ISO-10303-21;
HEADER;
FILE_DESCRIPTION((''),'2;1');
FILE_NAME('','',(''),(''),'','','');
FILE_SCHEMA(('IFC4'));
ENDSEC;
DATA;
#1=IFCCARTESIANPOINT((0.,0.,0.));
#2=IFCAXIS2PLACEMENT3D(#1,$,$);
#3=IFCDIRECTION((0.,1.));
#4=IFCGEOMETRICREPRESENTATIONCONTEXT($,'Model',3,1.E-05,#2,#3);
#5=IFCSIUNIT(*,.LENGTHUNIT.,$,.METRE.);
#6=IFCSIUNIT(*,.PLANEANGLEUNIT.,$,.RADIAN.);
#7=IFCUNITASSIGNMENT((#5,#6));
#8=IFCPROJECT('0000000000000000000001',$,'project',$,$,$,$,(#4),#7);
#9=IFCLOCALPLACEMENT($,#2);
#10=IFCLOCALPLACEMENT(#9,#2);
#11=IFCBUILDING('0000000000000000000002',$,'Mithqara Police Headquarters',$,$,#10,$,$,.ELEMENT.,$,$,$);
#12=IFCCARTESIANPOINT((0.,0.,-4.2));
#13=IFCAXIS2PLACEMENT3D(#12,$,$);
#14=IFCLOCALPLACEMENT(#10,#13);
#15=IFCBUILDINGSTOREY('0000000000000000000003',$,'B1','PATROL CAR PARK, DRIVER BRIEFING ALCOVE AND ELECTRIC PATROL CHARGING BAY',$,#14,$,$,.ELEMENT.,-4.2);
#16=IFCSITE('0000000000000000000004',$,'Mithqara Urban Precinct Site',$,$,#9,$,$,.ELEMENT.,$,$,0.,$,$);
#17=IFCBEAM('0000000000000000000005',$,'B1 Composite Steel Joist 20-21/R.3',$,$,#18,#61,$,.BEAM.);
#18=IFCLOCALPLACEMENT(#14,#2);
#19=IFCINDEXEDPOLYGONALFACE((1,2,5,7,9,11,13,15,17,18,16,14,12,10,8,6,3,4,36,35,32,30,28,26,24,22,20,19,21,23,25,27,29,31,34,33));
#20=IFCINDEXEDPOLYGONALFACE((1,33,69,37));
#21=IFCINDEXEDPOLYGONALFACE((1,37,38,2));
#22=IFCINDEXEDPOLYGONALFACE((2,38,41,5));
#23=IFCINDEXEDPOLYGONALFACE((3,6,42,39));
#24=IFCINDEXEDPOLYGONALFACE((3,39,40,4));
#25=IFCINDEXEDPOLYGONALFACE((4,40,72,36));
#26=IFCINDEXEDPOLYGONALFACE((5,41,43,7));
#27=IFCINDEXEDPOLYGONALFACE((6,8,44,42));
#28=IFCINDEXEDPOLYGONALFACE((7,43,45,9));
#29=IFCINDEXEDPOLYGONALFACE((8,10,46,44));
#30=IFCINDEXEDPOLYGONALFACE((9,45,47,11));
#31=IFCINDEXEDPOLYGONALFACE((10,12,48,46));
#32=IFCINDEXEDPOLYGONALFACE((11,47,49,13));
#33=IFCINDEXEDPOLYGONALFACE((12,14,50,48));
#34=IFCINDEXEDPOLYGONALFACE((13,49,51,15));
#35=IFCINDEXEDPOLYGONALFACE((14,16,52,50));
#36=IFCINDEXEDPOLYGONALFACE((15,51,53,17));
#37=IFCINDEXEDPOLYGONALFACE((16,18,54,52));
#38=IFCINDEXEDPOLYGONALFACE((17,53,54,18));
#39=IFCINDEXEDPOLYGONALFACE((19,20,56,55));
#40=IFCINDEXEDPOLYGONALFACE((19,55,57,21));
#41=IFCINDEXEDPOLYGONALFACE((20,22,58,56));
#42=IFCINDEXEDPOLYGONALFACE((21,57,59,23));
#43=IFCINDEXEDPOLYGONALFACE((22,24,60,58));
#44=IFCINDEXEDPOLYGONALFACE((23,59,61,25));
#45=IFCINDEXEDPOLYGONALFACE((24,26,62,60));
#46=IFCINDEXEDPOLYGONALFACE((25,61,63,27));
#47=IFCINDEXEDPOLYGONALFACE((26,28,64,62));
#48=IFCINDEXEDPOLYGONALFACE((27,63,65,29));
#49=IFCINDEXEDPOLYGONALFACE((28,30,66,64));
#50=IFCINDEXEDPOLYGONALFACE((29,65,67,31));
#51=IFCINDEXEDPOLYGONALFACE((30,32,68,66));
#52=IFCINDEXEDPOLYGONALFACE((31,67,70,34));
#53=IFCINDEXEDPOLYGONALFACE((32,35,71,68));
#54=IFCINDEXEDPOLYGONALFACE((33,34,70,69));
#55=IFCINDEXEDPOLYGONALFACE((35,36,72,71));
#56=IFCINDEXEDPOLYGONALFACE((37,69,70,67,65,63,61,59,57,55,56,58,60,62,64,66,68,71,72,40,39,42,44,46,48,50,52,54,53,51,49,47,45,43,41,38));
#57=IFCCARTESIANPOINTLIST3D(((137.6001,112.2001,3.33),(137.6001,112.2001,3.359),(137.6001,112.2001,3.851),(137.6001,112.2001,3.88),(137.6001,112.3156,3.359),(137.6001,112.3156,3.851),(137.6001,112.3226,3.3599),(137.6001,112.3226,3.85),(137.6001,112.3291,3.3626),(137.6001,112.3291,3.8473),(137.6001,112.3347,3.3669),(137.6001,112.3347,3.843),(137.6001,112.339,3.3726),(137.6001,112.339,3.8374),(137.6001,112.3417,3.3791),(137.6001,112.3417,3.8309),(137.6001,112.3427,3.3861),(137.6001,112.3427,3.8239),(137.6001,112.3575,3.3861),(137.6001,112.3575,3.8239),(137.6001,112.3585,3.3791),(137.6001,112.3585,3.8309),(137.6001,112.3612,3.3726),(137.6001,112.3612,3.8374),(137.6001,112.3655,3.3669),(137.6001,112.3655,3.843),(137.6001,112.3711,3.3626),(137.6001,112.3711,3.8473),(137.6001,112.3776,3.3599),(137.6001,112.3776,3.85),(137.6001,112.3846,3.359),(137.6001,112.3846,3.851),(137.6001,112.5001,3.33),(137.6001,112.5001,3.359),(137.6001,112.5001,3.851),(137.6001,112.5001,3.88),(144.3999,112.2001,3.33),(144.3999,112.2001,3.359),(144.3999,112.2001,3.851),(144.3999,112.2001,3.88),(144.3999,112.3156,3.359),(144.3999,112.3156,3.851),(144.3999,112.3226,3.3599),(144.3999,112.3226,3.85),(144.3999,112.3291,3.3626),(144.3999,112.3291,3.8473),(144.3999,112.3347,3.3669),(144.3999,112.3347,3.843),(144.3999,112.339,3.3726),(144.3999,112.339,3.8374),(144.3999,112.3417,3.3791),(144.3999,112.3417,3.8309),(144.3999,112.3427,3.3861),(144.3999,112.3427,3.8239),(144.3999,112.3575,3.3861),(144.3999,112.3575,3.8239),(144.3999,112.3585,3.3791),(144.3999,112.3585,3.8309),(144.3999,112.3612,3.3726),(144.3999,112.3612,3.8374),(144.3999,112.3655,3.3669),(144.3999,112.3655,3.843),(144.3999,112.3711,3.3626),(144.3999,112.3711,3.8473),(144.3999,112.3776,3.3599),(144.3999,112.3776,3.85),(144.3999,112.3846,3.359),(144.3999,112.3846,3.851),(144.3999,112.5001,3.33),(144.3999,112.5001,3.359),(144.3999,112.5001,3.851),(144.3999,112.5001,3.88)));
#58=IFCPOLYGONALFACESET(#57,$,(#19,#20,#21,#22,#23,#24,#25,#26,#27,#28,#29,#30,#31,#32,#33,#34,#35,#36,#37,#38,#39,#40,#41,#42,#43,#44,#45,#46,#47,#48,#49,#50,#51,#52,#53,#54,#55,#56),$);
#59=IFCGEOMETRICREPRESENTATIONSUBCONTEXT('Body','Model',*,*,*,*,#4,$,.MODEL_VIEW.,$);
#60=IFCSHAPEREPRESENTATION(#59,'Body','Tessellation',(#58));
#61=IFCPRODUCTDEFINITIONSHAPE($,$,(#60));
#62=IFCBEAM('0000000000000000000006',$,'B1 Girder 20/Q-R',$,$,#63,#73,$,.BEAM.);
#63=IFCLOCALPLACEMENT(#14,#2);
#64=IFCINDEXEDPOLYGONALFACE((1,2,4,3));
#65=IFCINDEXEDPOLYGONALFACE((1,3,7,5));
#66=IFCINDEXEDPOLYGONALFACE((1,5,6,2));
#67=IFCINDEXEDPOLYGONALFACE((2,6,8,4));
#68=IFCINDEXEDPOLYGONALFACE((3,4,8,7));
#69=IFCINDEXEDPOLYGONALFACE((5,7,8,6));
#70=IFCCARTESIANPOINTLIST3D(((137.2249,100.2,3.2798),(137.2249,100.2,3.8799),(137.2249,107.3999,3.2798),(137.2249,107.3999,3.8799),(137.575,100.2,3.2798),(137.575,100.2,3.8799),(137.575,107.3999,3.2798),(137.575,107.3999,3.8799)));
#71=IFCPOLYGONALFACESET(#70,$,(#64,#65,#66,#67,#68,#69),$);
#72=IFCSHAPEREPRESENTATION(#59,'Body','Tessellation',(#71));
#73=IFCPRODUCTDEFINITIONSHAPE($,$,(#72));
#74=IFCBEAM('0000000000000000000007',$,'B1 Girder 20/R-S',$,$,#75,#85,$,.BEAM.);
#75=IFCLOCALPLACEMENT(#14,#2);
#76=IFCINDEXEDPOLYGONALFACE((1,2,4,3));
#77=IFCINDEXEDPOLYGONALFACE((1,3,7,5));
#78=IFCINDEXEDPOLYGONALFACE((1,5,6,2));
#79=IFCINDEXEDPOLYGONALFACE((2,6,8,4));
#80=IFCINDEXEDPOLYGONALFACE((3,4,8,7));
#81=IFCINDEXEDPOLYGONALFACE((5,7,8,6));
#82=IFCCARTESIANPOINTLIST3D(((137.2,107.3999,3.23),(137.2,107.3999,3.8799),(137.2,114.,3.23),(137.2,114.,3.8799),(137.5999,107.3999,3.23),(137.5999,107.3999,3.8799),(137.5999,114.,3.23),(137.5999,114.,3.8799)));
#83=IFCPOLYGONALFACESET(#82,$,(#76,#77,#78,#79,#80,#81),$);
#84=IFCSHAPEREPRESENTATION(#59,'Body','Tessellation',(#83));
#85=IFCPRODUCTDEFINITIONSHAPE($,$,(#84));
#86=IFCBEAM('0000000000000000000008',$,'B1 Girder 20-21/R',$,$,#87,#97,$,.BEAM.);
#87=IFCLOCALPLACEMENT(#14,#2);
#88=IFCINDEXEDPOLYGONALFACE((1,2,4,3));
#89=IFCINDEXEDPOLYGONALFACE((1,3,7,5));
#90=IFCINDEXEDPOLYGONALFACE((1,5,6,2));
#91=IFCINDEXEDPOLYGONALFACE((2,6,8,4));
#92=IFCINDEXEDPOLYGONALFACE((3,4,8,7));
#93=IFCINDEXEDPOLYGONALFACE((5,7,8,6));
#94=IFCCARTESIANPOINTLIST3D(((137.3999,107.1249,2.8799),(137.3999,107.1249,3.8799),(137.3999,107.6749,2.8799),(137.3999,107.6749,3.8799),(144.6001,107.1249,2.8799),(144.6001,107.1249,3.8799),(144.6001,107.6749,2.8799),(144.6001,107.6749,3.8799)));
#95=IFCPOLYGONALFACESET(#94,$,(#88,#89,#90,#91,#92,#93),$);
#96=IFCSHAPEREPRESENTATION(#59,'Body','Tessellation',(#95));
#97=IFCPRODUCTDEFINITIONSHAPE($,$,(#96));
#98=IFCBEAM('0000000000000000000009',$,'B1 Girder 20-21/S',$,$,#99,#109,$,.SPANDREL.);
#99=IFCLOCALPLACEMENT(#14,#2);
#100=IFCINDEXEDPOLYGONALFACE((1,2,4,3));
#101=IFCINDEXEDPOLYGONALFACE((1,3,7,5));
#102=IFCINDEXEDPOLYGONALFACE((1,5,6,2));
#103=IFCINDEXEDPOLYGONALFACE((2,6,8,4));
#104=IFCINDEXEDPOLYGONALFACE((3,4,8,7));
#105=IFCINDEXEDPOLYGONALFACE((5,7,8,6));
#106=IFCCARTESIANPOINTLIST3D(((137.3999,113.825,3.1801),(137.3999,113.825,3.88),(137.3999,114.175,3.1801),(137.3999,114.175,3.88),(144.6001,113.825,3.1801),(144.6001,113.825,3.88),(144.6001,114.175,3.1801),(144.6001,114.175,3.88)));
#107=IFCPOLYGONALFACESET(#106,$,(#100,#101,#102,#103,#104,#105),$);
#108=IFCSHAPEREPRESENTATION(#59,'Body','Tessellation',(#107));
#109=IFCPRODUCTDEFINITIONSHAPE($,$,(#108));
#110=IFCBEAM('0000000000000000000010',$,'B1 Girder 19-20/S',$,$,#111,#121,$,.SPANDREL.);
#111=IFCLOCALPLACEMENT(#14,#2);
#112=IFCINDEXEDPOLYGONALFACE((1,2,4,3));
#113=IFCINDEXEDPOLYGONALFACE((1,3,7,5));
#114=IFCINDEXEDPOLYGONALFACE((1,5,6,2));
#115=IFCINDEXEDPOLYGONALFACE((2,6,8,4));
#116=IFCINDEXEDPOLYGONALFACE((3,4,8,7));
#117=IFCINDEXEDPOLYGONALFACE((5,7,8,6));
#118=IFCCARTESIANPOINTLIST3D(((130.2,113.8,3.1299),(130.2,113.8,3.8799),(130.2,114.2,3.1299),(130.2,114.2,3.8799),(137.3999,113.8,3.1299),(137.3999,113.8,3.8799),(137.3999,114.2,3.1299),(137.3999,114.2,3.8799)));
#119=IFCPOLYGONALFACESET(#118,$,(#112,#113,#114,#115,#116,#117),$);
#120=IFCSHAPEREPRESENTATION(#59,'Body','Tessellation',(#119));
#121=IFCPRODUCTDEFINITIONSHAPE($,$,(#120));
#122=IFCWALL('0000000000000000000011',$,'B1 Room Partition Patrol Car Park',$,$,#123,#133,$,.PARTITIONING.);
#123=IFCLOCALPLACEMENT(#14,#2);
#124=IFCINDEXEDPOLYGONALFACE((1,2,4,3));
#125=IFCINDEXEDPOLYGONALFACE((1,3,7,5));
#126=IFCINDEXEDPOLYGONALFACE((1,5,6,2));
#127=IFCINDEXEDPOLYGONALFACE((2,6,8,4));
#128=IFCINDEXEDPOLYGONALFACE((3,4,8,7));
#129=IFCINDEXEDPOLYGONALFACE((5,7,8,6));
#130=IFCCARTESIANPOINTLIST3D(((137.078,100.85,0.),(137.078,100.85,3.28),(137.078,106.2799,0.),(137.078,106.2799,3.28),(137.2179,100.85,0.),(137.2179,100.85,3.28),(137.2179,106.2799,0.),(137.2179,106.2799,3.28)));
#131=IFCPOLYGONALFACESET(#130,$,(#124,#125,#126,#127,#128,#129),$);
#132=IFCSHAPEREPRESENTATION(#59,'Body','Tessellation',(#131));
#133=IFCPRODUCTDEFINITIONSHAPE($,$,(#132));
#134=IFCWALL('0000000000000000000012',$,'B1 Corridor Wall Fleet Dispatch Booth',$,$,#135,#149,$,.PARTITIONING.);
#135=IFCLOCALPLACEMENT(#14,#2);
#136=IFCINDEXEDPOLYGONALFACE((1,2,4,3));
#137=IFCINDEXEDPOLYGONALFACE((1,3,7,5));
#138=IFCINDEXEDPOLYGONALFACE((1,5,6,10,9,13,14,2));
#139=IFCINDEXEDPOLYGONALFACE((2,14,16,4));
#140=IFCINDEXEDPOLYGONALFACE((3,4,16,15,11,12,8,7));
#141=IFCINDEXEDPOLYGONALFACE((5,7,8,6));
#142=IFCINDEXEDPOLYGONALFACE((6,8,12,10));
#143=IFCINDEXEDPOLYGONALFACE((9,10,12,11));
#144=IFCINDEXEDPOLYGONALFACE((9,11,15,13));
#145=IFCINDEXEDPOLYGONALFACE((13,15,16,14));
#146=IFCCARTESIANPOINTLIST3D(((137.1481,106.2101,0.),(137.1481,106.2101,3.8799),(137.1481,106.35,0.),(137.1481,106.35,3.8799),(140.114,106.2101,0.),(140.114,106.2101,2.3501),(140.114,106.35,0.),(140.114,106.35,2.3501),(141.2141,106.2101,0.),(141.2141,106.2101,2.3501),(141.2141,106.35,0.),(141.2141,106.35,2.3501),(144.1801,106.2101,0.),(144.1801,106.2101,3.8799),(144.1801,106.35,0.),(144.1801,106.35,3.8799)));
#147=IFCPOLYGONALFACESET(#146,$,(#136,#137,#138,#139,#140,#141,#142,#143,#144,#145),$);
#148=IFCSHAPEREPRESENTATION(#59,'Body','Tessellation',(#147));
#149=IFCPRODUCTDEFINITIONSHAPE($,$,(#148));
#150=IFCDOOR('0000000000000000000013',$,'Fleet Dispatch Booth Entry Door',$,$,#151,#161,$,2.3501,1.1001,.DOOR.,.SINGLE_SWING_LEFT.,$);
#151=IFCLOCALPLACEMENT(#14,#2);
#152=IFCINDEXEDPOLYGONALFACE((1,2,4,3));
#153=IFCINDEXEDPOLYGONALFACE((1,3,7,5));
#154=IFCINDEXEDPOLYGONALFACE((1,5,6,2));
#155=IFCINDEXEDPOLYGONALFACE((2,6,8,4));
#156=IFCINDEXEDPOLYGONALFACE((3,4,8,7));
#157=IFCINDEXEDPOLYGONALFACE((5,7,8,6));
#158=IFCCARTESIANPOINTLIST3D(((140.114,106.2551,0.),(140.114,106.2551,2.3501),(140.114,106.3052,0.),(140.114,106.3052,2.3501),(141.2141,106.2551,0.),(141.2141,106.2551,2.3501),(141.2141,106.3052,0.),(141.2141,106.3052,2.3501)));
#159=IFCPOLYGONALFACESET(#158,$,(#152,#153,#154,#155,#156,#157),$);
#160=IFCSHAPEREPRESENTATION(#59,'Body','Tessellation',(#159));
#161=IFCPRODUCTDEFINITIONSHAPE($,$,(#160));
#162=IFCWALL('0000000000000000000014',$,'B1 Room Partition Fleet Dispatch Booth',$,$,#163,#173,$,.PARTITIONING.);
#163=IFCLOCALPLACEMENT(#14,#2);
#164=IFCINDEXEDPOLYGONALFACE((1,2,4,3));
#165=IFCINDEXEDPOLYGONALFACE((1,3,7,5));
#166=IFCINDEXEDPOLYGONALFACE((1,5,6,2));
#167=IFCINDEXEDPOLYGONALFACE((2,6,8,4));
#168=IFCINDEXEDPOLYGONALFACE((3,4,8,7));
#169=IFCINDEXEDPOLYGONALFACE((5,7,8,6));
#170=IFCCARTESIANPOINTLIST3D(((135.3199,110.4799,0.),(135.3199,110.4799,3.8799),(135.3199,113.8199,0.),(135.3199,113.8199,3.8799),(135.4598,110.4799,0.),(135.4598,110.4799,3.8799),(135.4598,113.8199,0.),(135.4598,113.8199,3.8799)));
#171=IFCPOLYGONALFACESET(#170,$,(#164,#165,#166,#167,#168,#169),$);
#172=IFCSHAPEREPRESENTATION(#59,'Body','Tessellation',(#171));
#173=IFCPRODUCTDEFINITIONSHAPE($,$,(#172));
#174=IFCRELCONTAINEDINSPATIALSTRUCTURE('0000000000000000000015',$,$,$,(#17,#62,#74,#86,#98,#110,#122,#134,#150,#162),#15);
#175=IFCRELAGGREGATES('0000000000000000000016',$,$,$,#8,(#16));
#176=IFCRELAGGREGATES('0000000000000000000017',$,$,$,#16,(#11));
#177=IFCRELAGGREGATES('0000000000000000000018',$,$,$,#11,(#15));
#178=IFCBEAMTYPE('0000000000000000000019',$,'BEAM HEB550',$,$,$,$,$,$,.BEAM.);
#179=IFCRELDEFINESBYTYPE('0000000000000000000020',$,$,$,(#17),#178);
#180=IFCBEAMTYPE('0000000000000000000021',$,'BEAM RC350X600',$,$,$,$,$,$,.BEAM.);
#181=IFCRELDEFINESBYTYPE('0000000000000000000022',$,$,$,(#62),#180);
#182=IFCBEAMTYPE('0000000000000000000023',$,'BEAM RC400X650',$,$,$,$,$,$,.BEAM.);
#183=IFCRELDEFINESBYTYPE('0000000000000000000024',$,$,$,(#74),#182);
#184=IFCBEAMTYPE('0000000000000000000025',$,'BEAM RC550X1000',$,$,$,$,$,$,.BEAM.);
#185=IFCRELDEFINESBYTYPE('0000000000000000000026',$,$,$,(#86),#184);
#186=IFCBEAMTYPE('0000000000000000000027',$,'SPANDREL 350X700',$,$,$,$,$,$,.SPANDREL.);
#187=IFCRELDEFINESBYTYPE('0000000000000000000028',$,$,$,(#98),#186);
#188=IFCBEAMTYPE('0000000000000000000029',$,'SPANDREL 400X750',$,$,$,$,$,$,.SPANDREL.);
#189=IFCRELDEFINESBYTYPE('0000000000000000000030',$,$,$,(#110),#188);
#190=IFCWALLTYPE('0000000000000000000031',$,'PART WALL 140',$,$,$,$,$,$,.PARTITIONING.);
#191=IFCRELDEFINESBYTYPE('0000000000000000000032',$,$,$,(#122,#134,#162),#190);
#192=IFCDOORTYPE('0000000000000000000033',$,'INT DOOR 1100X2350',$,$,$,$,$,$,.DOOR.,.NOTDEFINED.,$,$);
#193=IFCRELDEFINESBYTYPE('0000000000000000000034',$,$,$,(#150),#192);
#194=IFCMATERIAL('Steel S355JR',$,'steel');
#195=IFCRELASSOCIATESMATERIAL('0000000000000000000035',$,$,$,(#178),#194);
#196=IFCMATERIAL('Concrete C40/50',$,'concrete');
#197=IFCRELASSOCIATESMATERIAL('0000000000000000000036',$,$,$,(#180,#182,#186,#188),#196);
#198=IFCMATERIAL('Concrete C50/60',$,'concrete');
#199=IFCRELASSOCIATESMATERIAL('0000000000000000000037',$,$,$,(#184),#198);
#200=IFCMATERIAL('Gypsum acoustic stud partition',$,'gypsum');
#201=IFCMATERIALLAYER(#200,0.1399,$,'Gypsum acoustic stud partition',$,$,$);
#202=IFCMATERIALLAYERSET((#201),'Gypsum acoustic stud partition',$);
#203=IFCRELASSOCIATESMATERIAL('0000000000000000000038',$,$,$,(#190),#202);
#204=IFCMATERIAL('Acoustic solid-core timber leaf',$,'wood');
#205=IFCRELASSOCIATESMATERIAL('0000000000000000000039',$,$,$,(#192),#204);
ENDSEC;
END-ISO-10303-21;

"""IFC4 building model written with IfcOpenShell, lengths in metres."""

from ifc_helpers import new_model, si_unit, direction, frame, frame_2d, origin, origin_2d, place, context, subcontext, project, spatial, rectangle, i_section, extrude, material, layer, layer_set, material_profile, profile_set, type_object, element, fill, save


model = new_model("IFC4")

# Units and contexts
model_context = context("Model", 3, precision=1e-05, world=origin(), true_north=direction((0.0, 1.0)))
body_context = subcontext(model_context, "Body", "Model", "MODEL_VIEW")
ifc_project = project(units=[si_unit("LENGTHUNIT", "METRE"), si_unit("PLANEANGLEUNIT", "RADIAN")], contexts=[model_context])

# Site, building, storey
site_placement = place(None, origin())
site = spatial("IfcSite", under=ifc_project, at=site_placement, Name="Mithqara Urban Precinct Site", CompositionType="ELEMENT", RefElevation=0.0)
building_placement = place(site_placement, origin())
building = spatial("IfcBuilding", under=site, at=building_placement, Name="Mithqara Police Headquarters", CompositionType="ELEMENT")
storey_placement = place(building_placement, frame((0.0, 0.0, -4.2)))
storey = spatial("IfcBuildingStorey", under=building, at=storey_placement, Name="B1", Description="PATROL CAR PARK, DRIVER BRIEFING ALCOVE AND ELECTRIC PATROL CHARGING BAY", CompositionType="ELEMENT", Elevation=-4.2)

# Shared definitions
ifc_material_1 = material(Name="Concrete C50/60", Category="concrete")

# Beams
ifc_material_2 = material(Name="Steel S355JR", Category="steel")
ifc_material_profile_1 = material_profile(ifc_material_2, i_section(OverallWidth=0.3, OverallDepth=0.55, WebThickness=0.0149, FlangeThickness=0.0291, FilletRadius=0.0271, at=origin_2d()), Name="HEB 550")
ifc_profile_set_1 = profile_set([ifc_material_profile_1], Name="Steel S355JR")
beam_type_1 = type_object("IfcBeamType", Name="BEAM HEB550", PredefinedType="BEAM", material=ifc_profile_set_1)
for number, where, z_axis, x_axis, name in (
    (1, (137.6001, 112.3501, 3.605), (1.0, 0.0, 0.0), (0.0, 1.0, 0.0), "B1 Composite Steel Joist 20-21/R.3"),
):
    element("IfcBeam", number, at=place(storey_placement, frame(where, z_axis=z_axis, x_axis=x_axis)), inside=storey, type_object=beam_type_1, Name=name, PredefinedType="BEAM", context=body_context, shape_type="SweptSolid", body=[
        extrude(i_section(OverallWidth=0.3, OverallDepth=0.55, WebThickness=0.0149, FlangeThickness=0.0291, FilletRadius=0.0271, at=origin_2d()), origin(), (0.0, 0.0, 1.0), 6.7998),
    ])
ifc_material_3 = material(Name="Concrete C40/50", Category="concrete")
ifc_material_profile_2 = material_profile(ifc_material_3, rectangle(XDim=0.3501, YDim=0.6001, at=origin_2d()), Name="RC 350x600")
ifc_profile_set_2 = profile_set([ifc_material_profile_2], Name="Concrete C40/50")
beam_type_2 = type_object("IfcBeamType", Name="BEAM RC350X600", PredefinedType="BEAM", material=ifc_profile_set_2)
beam_1_placement = place(storey_placement, frame((137.3999, 100.2, 3.5798), z_axis=(0.0, 1.0, 0.0), x_axis=(-1.0, 0.0, 0.0)))
element("IfcBeam", 2, at=beam_1_placement, inside=storey, type_object=beam_type_2, Name="B1 Girder 20/Q-R", PredefinedType="BEAM", context=body_context, shape_type="SweptSolid", body=[
    extrude(rectangle(XDim=0.3501, YDim=0.6001, at=origin_2d()), origin(), (0.0, 0.0, 1.0), 7.2),
])
ifc_material_profile_3 = material_profile(ifc_material_3, rectangle(XDim=0.3999, YDim=0.6499, at=origin_2d()), Name="RC 400x650")
ifc_profile_set_3 = profile_set([ifc_material_profile_3], Name="Concrete C40/50")
beam_type_3 = type_object("IfcBeamType", Name="BEAM RC400X650", PredefinedType="BEAM", material=ifc_profile_set_3)
beam_2_placement = place(storey_placement, frame((137.3999, 107.3999, 3.5549), z_axis=(0.0, 1.0, 0.0), x_axis=(-1.0, 0.0, 0.0)))
element("IfcBeam", 3, at=beam_2_placement, inside=storey, type_object=beam_type_3, Name="B1 Girder 20/R-S", PredefinedType="BEAM", context=body_context, shape_type="SweptSolid", body=[
    extrude(rectangle(XDim=0.3999, YDim=0.6499, at=origin_2d()), origin(), (0.0, 0.0, 1.0), 6.6001),
])
ifc_material_profile_4 = material_profile(ifc_material_1, rectangle(XDim=0.55, YDim=1.0, at=origin_2d()), Name="RC 550x1000")
ifc_profile_set_4 = profile_set([ifc_material_profile_4], Name="Concrete C50/60")
beam_type_4 = type_object("IfcBeamType", Name="BEAM RC550X1000", PredefinedType="BEAM", material=ifc_profile_set_4)
beam_3_placement = place(storey_placement, frame((137.3999, 107.3999, 3.3799), z_axis=(1.0, 0.0, 0.0), x_axis=(0.0, 1.0, 0.0)))
element("IfcBeam", 4, at=beam_3_placement, inside=storey, type_object=beam_type_4, Name="B1 Girder 20-21/R", PredefinedType="BEAM", context=body_context, shape_type="SweptSolid", body=[
    extrude(rectangle(XDim=0.55, YDim=1.0, at=origin_2d()), origin(), (0.0, 0.0, 1.0), 7.2002),
])
ifc_material_profile_5 = material_profile(ifc_material_3, rectangle(XDim=0.3501, YDim=0.7, at=origin_2d()), Name="SPB 350x700")
ifc_profile_set_5 = profile_set([ifc_material_profile_5], Name="Concrete C40/50")
beam_type_5 = type_object("IfcBeamType", Name="SPANDREL 350X700", PredefinedType="SPANDREL", material=ifc_profile_set_5)
beam_4_placement = place(storey_placement, frame((137.3999, 114.0, 3.53), z_axis=(1.0, 0.0, 0.0), x_axis=(0.0, 1.0, 0.0)))
element("IfcBeam", 5, at=beam_4_placement, inside=storey, type_object=beam_type_5, Name="B1 Girder 20-21/S", PredefinedType="SPANDREL", context=body_context, shape_type="SweptSolid", body=[
    extrude(rectangle(XDim=0.3501, YDim=0.7, at=origin_2d()), origin(), (0.0, 0.0, 1.0), 7.2002),
])
ifc_material_profile_6 = material_profile(ifc_material_3, rectangle(XDim=0.3999, YDim=0.75, at=origin_2d()), Name="SPB 400x750")
ifc_profile_set_6 = profile_set([ifc_material_profile_6], Name="Concrete C40/50")
beam_type_6 = type_object("IfcBeamType", Name="SPANDREL 400X750", PredefinedType="SPANDREL", material=ifc_profile_set_6)
beam_5_placement = place(storey_placement, frame((130.2, 114.0, 3.5049), z_axis=(1.0, 0.0, 0.0), x_axis=(0.0, 1.0, 0.0)))
element("IfcBeam", 6, at=beam_5_placement, inside=storey, type_object=beam_type_6, Name="B1 Girder 19-20/S", PredefinedType="SPANDREL", context=body_context, shape_type="SweptSolid", body=[
    extrude(rectangle(XDim=0.3999, YDim=0.75, at=origin_2d()), origin(), (0.0, 0.0, 1.0), 7.2),
])

# Wall
ifc_material_4 = material(Name="Gypsum acoustic stud partition", Category="gypsum")
ifc_layer = layer(ifc_material_4, 0.1399, Name="Gypsum acoustic stud partition")
ifc_layer_set = layer_set([ifc_layer], Name="Gypsum acoustic stud partition")
wall_type = type_object("IfcWallType", Name="PART WALL 140", PredefinedType="PARTITIONING", material=ifc_layer_set)
wall_1_placement = place(storey_placement, frame((137.1479, 100.8501, 0.0), z_axis=(0.0, 0.0, 1.0), x_axis=(0.0, 1.0, 0.0)))
element("IfcWall", 7, at=wall_1_placement, inside=storey, type_object=wall_type, Name="B1 Room Partition Patrol Car Park", PredefinedType="PARTITIONING", context=body_context, shape_type="SweptSolid", body=[
    extrude(rectangle(XDim=5.4299, YDim=0.1399, at=frame_2d((2.7148, 0.0))), origin(), (0.0, 0.0, 1.0), 3.28),
])

# Wall, opening, door
wall_2_placement = place(storey_placement, frame((137.1479, 106.28, 0.0), z_axis=(0.0, 0.0, 1.0), x_axis=(1.0, 0.0, 0.0)))
wall_2 = element("IfcWall", 8, at=wall_2_placement, inside=storey, type_object=wall_type, Name="B1 Corridor Wall Fleet Dispatch Booth", PredefinedType="PARTITIONING", context=body_context, shape_type="SweptSolid", body=[
    extrude(rectangle(XDim=7.032, YDim=0.1399, at=frame_2d((3.5161, 0.0))), origin(), (0.0, 0.0, 1.0), 3.8799),
])
opening_1_placement = place(wall_2_placement, frame((2.9661, 0.0, 0.0)))
opening_1 = element("IfcOpeningElement", 9, at=opening_1_placement, cuts=wall_2, PredefinedType="OPENING", context=body_context, shape_type="SweptSolid", body=[
    extrude(rectangle(XDim=1.1001, YDim=2.3501, at=frame_2d((0.55, 1.175))), frame((0.0, 0.0801, 0.0), z_axis=(0.0, -1.0, 0.0), x_axis=(1.0, 0.0, 0.0)), (0.0, 0.0, 1.0), 0.1599),
])
ifc_material_5 = material(Name="Acoustic solid-core timber leaf", Category="wood")
door_type_1 = type_object("IfcDoorType", Name="INT DOOR 1100X2350", OperationType="NOTDEFINED", PredefinedType="DOOR", material=ifc_material_5)
door_1_placement = place(opening_1_placement, frame((1.1001, 0.0, 0.0), z_axis=(0.0, 0.0, 1.0), x_axis=(-1.0, 0.0, 0.0)))
door_1 = element("IfcDoor", 10, at=door_1_placement, inside=storey, type_object=door_type_1, Name="Fleet Dispatch Booth Entry Door", OperationType="SINGLE_SWING_LEFT", OverallHeight=2.3501, OverallWidth=1.1001, PredefinedType="DOOR", context=body_context, shape_type="SweptSolid", body=[
    extrude(rectangle(XDim=1.1001, YDim=2.3501, at=frame_2d((0.55, 1.175))), frame((0.0, 0.0249, 0.0), z_axis=(0.0, -1.0, 0.0), x_axis=(1.0, 0.0, 0.0)), (0.0, 0.0, 1.0), 0.05),
])
fill(opening_1, door_1)

# Wall
wall_3_placement = place(storey_placement, frame((135.3899, 110.48, 0.0), z_axis=(0.0, 0.0, 1.0), x_axis=(0.0, 1.0, 0.0)))
element("IfcWall", 11, at=wall_3_placement, inside=storey, type_object=wall_type, Name="B1 Room Partition Fleet Dispatch Booth", PredefinedType="PARTITIONING", context=body_context, shape_type="SweptSolid", body=[
    extrude(rectangle(XDim=3.3401, YDim=0.1399, at=frame_2d((1.6699, 0.0))), origin(), (0.0, 0.0, 1.0), 3.8799),
])

save(model, "model.ifc")
